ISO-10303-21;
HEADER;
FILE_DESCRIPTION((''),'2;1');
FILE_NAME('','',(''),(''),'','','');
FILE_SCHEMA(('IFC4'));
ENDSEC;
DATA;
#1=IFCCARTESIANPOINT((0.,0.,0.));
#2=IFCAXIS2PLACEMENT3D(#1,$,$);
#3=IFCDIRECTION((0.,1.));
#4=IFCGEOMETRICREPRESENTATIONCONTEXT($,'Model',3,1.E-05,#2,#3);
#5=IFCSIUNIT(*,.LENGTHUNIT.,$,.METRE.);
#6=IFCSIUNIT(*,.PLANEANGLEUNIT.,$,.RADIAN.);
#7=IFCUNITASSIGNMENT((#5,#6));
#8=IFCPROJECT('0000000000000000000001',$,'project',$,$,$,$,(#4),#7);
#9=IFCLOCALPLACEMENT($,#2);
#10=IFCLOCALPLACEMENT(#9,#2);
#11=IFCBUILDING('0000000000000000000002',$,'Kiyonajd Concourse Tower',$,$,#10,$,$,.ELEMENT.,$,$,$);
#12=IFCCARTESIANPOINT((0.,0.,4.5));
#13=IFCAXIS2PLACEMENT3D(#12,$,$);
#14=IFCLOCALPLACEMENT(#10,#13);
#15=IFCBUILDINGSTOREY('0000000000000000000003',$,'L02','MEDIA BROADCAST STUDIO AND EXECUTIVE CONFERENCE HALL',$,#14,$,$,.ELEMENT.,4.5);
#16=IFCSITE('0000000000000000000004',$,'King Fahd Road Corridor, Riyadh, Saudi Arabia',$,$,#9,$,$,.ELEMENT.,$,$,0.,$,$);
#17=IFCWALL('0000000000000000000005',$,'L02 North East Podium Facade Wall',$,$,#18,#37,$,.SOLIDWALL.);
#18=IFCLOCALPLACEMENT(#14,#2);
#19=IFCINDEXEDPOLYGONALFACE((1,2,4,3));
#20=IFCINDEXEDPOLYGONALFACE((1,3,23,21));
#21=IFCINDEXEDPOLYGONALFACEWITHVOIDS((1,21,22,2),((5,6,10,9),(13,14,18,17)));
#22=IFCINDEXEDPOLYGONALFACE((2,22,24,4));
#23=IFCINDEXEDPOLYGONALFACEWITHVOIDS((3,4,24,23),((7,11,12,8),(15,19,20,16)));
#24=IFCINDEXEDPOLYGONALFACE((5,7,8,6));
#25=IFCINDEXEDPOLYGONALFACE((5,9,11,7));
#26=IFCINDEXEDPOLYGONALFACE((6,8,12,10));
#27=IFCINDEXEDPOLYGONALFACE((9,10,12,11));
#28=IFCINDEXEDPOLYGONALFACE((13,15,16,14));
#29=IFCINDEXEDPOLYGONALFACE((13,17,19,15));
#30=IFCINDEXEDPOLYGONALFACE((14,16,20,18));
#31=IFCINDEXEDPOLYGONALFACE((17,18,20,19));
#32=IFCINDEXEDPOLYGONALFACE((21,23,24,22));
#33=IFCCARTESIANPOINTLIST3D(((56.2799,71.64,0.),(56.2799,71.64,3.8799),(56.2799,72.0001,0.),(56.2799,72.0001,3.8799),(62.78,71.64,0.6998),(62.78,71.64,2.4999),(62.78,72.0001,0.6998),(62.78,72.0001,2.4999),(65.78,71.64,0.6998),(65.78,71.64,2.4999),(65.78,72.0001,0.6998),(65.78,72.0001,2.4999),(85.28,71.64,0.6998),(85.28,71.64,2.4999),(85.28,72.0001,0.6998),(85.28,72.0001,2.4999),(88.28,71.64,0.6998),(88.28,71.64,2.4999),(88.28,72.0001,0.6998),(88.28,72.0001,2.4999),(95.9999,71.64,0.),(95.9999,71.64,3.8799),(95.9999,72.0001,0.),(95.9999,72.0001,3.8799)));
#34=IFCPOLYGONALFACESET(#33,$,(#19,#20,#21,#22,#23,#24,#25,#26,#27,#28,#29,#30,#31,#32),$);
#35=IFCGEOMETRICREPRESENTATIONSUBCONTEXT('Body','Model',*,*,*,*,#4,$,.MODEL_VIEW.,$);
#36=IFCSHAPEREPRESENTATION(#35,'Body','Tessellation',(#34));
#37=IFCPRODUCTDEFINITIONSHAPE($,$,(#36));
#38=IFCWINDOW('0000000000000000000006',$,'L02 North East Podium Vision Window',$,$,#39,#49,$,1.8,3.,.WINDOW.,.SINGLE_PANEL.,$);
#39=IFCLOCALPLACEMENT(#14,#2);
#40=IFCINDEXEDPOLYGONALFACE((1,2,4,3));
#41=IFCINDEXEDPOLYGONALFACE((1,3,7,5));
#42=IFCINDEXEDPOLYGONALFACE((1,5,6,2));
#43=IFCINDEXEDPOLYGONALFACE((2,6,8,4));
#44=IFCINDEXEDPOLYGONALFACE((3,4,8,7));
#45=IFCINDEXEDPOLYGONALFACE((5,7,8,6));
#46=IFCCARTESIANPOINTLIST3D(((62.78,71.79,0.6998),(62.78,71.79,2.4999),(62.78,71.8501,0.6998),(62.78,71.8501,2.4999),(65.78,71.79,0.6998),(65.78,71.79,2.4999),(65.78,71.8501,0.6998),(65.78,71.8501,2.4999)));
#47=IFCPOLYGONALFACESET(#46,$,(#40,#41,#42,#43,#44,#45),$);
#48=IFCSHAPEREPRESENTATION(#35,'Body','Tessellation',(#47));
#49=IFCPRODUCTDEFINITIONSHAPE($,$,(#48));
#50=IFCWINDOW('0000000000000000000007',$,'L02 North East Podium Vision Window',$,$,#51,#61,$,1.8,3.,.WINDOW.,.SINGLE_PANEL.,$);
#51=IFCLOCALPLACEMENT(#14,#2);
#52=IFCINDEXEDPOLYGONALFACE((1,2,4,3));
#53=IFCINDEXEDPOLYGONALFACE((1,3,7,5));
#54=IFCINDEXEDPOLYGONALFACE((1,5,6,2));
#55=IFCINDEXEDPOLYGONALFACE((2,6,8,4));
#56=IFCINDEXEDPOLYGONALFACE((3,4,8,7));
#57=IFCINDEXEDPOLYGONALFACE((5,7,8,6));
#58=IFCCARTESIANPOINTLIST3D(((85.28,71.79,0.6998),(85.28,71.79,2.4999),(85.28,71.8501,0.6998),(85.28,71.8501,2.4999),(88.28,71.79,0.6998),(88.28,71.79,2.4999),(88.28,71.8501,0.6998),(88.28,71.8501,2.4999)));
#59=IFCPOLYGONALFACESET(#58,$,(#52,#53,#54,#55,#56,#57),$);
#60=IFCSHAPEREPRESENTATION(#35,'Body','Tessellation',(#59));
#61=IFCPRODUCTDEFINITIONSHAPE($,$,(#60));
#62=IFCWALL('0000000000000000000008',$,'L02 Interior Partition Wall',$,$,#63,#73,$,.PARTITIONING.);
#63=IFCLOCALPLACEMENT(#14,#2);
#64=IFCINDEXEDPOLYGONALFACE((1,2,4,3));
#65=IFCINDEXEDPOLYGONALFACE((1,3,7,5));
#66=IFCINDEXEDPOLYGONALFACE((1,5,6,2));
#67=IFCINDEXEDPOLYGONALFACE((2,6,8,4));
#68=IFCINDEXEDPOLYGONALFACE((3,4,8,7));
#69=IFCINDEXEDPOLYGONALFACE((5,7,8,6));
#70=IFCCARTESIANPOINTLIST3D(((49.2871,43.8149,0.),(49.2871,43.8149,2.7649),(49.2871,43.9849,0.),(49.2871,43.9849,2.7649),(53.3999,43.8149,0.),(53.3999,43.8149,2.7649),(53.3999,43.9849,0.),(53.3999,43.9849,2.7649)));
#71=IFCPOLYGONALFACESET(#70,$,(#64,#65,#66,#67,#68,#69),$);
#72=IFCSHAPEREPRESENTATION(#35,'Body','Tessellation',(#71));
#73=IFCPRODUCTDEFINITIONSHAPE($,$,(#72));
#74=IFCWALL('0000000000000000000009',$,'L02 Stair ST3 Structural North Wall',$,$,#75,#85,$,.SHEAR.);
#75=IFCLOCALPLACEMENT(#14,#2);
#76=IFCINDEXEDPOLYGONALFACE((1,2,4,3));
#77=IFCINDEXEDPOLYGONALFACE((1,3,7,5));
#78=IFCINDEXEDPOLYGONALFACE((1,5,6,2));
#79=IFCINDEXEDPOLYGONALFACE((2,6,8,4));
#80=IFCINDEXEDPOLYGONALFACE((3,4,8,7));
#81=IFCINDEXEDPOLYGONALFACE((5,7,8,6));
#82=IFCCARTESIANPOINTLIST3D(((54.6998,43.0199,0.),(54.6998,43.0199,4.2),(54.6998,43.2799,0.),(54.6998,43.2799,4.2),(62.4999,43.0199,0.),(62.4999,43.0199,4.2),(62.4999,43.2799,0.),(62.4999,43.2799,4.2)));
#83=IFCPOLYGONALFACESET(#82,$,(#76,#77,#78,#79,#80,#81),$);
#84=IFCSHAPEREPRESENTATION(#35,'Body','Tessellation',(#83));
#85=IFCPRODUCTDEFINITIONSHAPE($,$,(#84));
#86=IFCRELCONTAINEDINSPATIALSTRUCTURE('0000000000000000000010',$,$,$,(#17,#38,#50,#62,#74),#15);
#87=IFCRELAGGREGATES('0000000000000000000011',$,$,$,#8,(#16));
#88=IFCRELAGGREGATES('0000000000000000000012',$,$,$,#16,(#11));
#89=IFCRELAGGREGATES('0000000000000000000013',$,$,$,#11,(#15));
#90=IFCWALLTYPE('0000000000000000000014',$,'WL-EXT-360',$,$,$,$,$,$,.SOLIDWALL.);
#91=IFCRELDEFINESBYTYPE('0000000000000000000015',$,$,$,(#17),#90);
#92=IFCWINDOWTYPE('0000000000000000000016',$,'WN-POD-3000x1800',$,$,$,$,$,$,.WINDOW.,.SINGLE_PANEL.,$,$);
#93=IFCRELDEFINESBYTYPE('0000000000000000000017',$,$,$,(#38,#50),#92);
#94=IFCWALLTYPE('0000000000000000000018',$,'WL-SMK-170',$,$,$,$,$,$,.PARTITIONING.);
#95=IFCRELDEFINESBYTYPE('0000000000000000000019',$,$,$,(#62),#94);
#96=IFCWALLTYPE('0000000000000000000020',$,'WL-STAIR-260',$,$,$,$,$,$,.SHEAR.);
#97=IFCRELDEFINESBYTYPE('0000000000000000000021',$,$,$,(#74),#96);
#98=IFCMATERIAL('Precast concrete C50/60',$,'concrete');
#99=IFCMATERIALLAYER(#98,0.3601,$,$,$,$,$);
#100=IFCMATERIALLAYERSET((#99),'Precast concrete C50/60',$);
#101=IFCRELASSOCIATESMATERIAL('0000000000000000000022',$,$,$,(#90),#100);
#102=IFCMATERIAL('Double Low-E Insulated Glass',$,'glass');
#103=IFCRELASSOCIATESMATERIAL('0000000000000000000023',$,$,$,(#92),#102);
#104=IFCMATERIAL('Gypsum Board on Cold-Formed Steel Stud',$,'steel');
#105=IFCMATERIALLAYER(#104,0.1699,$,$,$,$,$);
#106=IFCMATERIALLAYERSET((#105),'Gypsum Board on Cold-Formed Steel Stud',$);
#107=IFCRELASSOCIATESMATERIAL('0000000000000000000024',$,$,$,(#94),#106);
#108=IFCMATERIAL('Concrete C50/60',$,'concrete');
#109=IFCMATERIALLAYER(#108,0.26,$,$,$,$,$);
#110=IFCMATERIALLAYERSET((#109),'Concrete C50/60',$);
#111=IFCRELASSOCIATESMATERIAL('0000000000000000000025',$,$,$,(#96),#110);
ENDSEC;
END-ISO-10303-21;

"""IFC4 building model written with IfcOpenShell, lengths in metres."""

from ifc_helpers import new_model, si_unit, direction, frame, frame_2d, origin, place, context, subcontext, project, spatial, rectangle, extrude, material, layer, layer_set, type_object, element, fill, save


model = new_model("IFC4")

# Units and contexts
model_context = context("Model", 3, precision=1e-05, world=origin(), true_north=direction((0.0, 1.0)))
body_context = subcontext(model_context, "Body", "Model", "MODEL_VIEW")
ifc_project = project(units=[si_unit("LENGTHUNIT", "METRE"), si_unit("PLANEANGLEUNIT", "RADIAN")], contexts=[model_context])

# Site, building, storey
site_placement = place(None, origin())
site = spatial("IfcSite", under=ifc_project, at=site_placement, Name="King Fahd Road Corridor, Riyadh, Saudi Arabia", CompositionType="ELEMENT", RefElevation=0.0)
building_placement = place(site_placement, origin())
building = spatial("IfcBuilding", under=site, at=building_placement, Name="Kiyonajd Concourse Tower", CompositionType="ELEMENT")
storey_placement = place(building_placement, frame((0.0, 0.0, 4.5)))
storey = spatial("IfcBuildingStorey", under=building, at=storey_placement, Name="L02", Description="MEDIA BROADCAST STUDIO AND EXECUTIVE CONFERENCE HALL", CompositionType="ELEMENT", Elevation=4.5)

# Shared definitions
ifc_material_1 = material(Name="Double Low-E Insulated Glass", Category="glass")

# Wall, openings, windows
ifc_material_2 = material(Name="Precast concrete C50/60", Category="concrete")
ifc_layer_1 = layer(ifc_material_2, 0.3601)
ifc_layer_set_1 = layer_set([ifc_layer_1], Name="Precast concrete C50/60")
wall_type_1 = type_object("IfcWallType", Name="WL-EXT-360", PredefinedType="SOLIDWALL", material=ifc_layer_set_1)
wall_1_placement = place(storey_placement, frame((56.28, 71.8201, 0.0), z_axis=(0.0, 0.0, 1.0), x_axis=(1.0, 0.0, 0.0)))
wall_1 = element("IfcWall", 1, at=wall_1_placement, inside=storey, type_object=wall_type_1, Name="L02 North East Podium Facade Wall", PredefinedType="SOLIDWALL", context=body_context, shape_type="SweptSolid", body=[
    extrude(rectangle(XDim=39.72, YDim=0.3601, at=frame_2d((19.8599, 0.0))), origin(), (0.0, 0.0, 1.0), 3.8799),
])
opening_1_placement = place(wall_1_placement, frame((6.5, 0.0, 0.7)))
opening_1 = element("IfcOpeningElement", 2, at=opening_1_placement, cuts=wall_1, PredefinedType="OPENING", context=body_context, shape_type="SweptSolid", body=[
    extrude(rectangle(XDim=3.0, YDim=1.8, at=frame_2d((1.5, 0.8999))), frame((0.0, 0.1899, 0.0), z_axis=(0.0, -1.0, 0.0), x_axis=(1.0, 0.0, 0.0)), (0.0, 0.0, 1.0), 0.3801),
])
opening_2_placement = place(wall_1_placement, frame((29.0, 0.0, 0.7)))
opening_2 = element("IfcOpeningElement", 3, at=opening_2_placement, cuts=wall_1, PredefinedType="OPENING", context=body_context, shape_type="SweptSolid", body=[
    extrude(rectangle(XDim=3.0, YDim=1.8, at=frame_2d((1.5, 0.8999))), frame((0.0, 0.1899, 0.0), z_axis=(0.0, -1.0, 0.0), x_axis=(1.0, 0.0, 0.0)), (0.0, 0.0, 1.0), 0.3801),
])
window_type = type_object("IfcWindowType", Name="WN-POD-3000x1800", PartitioningType="SINGLE_PANEL", PredefinedType="WINDOW", material=ifc_material_1)
window_1_placement = place(opening_1_placement, origin())
window_1 = element("IfcWindow", 4, at=window_1_placement, inside=storey, type_object=window_type, Name="L02 North East Podium Vision Window", OverallHeight=1.8, OverallWidth=3.0, PartitioningType="SINGLE_PANEL", PredefinedType="WINDOW", context=body_context, shape_type="SweptSolid", body=[
    extrude(rectangle(XDim=3.0, YDim=1.8, at=frame_2d((1.5, 0.8999))), frame((0.0, 0.03, 0.0), z_axis=(0.0, -1.0, 0.0), x_axis=(1.0, 0.0, 0.0)), (0.0, 0.0, 1.0), 0.0601),
])
fill(opening_1, window_1)
window_2_placement = place(opening_2_placement, origin())
window_2 = element("IfcWindow", 5, at=window_2_placement, inside=storey, type_object=window_type, Name="L02 North East Podium Vision Window", OverallHeight=1.8, OverallWidth=3.0, PartitioningType="SINGLE_PANEL", PredefinedType="WINDOW", context=body_context, shape_type="SweptSolid", body=[
    extrude(rectangle(XDim=3.0, YDim=1.8, at=frame_2d((1.5, 0.8999))), frame((0.0, 0.03, 0.0), z_axis=(0.0, -1.0, 0.0), x_axis=(1.0, 0.0, 0.0)), (0.0, 0.0, 1.0), 0.0601),
])
fill(opening_2, window_2)

# Walls
ifc_material_3 = material(Name="Gypsum Board on Cold-Formed Steel Stud", Category="steel")
ifc_layer_2 = layer(ifc_material_3, 0.1699)
ifc_layer_set_2 = layer_set([ifc_layer_2], Name="Gypsum Board on Cold-Formed Steel Stud")
wall_type_2 = type_object("IfcWallType", Name="WL-SMK-170", PredefinedType="PARTITIONING", material=ifc_layer_set_2)
wall_2_placement = place(storey_placement, frame((49.2871, 43.8999, 0.0), z_axis=(0.0, 0.0, 1.0), x_axis=(1.0, 0.0, 0.0)))
element("IfcWall", 6, at=wall_2_placement, inside=storey, type_object=wall_type_2, Name="L02 Interior Partition Wall", PredefinedType="PARTITIONING", context=body_context, shape_type="SweptSolid", body=[
    extrude(rectangle(XDim=4.1128, YDim=0.1699, at=frame_2d((2.0564, 0.0))), origin(), (0.0, 0.0, 1.0), 2.7649),
])
ifc_material_4 = material(Name="Concrete C50/60", Category="concrete")
ifc_layer_3 = layer(ifc_material_4, 0.26)
ifc_layer_set_3 = layer_set([ifc_layer_3], Name="Concrete C50/60")
wall_type_3 = type_object("IfcWallType", Name="WL-STAIR-260", PredefinedType="SHEAR", material=ifc_layer_set_3)
wall_3_placement = place(storey_placement, frame((54.7, 43.1499, 0.0), z_axis=(0.0, 0.0, 1.0), x_axis=(1.0, 0.0, 0.0)))
element("IfcWall", 7, at=wall_3_placement, inside=storey, type_object=wall_type_3, Name="L02 Stair ST3 Structural North Wall", PredefinedType="SHEAR", context=body_context, shape_type="SweptSolid", body=[
    extrude(rectangle(XDim=7.8, YDim=0.26, at=frame_2d((3.8999, 0.0))), origin(), (0.0, 0.0, 1.0), 4.2),
])

save(model, "model.ifc")
